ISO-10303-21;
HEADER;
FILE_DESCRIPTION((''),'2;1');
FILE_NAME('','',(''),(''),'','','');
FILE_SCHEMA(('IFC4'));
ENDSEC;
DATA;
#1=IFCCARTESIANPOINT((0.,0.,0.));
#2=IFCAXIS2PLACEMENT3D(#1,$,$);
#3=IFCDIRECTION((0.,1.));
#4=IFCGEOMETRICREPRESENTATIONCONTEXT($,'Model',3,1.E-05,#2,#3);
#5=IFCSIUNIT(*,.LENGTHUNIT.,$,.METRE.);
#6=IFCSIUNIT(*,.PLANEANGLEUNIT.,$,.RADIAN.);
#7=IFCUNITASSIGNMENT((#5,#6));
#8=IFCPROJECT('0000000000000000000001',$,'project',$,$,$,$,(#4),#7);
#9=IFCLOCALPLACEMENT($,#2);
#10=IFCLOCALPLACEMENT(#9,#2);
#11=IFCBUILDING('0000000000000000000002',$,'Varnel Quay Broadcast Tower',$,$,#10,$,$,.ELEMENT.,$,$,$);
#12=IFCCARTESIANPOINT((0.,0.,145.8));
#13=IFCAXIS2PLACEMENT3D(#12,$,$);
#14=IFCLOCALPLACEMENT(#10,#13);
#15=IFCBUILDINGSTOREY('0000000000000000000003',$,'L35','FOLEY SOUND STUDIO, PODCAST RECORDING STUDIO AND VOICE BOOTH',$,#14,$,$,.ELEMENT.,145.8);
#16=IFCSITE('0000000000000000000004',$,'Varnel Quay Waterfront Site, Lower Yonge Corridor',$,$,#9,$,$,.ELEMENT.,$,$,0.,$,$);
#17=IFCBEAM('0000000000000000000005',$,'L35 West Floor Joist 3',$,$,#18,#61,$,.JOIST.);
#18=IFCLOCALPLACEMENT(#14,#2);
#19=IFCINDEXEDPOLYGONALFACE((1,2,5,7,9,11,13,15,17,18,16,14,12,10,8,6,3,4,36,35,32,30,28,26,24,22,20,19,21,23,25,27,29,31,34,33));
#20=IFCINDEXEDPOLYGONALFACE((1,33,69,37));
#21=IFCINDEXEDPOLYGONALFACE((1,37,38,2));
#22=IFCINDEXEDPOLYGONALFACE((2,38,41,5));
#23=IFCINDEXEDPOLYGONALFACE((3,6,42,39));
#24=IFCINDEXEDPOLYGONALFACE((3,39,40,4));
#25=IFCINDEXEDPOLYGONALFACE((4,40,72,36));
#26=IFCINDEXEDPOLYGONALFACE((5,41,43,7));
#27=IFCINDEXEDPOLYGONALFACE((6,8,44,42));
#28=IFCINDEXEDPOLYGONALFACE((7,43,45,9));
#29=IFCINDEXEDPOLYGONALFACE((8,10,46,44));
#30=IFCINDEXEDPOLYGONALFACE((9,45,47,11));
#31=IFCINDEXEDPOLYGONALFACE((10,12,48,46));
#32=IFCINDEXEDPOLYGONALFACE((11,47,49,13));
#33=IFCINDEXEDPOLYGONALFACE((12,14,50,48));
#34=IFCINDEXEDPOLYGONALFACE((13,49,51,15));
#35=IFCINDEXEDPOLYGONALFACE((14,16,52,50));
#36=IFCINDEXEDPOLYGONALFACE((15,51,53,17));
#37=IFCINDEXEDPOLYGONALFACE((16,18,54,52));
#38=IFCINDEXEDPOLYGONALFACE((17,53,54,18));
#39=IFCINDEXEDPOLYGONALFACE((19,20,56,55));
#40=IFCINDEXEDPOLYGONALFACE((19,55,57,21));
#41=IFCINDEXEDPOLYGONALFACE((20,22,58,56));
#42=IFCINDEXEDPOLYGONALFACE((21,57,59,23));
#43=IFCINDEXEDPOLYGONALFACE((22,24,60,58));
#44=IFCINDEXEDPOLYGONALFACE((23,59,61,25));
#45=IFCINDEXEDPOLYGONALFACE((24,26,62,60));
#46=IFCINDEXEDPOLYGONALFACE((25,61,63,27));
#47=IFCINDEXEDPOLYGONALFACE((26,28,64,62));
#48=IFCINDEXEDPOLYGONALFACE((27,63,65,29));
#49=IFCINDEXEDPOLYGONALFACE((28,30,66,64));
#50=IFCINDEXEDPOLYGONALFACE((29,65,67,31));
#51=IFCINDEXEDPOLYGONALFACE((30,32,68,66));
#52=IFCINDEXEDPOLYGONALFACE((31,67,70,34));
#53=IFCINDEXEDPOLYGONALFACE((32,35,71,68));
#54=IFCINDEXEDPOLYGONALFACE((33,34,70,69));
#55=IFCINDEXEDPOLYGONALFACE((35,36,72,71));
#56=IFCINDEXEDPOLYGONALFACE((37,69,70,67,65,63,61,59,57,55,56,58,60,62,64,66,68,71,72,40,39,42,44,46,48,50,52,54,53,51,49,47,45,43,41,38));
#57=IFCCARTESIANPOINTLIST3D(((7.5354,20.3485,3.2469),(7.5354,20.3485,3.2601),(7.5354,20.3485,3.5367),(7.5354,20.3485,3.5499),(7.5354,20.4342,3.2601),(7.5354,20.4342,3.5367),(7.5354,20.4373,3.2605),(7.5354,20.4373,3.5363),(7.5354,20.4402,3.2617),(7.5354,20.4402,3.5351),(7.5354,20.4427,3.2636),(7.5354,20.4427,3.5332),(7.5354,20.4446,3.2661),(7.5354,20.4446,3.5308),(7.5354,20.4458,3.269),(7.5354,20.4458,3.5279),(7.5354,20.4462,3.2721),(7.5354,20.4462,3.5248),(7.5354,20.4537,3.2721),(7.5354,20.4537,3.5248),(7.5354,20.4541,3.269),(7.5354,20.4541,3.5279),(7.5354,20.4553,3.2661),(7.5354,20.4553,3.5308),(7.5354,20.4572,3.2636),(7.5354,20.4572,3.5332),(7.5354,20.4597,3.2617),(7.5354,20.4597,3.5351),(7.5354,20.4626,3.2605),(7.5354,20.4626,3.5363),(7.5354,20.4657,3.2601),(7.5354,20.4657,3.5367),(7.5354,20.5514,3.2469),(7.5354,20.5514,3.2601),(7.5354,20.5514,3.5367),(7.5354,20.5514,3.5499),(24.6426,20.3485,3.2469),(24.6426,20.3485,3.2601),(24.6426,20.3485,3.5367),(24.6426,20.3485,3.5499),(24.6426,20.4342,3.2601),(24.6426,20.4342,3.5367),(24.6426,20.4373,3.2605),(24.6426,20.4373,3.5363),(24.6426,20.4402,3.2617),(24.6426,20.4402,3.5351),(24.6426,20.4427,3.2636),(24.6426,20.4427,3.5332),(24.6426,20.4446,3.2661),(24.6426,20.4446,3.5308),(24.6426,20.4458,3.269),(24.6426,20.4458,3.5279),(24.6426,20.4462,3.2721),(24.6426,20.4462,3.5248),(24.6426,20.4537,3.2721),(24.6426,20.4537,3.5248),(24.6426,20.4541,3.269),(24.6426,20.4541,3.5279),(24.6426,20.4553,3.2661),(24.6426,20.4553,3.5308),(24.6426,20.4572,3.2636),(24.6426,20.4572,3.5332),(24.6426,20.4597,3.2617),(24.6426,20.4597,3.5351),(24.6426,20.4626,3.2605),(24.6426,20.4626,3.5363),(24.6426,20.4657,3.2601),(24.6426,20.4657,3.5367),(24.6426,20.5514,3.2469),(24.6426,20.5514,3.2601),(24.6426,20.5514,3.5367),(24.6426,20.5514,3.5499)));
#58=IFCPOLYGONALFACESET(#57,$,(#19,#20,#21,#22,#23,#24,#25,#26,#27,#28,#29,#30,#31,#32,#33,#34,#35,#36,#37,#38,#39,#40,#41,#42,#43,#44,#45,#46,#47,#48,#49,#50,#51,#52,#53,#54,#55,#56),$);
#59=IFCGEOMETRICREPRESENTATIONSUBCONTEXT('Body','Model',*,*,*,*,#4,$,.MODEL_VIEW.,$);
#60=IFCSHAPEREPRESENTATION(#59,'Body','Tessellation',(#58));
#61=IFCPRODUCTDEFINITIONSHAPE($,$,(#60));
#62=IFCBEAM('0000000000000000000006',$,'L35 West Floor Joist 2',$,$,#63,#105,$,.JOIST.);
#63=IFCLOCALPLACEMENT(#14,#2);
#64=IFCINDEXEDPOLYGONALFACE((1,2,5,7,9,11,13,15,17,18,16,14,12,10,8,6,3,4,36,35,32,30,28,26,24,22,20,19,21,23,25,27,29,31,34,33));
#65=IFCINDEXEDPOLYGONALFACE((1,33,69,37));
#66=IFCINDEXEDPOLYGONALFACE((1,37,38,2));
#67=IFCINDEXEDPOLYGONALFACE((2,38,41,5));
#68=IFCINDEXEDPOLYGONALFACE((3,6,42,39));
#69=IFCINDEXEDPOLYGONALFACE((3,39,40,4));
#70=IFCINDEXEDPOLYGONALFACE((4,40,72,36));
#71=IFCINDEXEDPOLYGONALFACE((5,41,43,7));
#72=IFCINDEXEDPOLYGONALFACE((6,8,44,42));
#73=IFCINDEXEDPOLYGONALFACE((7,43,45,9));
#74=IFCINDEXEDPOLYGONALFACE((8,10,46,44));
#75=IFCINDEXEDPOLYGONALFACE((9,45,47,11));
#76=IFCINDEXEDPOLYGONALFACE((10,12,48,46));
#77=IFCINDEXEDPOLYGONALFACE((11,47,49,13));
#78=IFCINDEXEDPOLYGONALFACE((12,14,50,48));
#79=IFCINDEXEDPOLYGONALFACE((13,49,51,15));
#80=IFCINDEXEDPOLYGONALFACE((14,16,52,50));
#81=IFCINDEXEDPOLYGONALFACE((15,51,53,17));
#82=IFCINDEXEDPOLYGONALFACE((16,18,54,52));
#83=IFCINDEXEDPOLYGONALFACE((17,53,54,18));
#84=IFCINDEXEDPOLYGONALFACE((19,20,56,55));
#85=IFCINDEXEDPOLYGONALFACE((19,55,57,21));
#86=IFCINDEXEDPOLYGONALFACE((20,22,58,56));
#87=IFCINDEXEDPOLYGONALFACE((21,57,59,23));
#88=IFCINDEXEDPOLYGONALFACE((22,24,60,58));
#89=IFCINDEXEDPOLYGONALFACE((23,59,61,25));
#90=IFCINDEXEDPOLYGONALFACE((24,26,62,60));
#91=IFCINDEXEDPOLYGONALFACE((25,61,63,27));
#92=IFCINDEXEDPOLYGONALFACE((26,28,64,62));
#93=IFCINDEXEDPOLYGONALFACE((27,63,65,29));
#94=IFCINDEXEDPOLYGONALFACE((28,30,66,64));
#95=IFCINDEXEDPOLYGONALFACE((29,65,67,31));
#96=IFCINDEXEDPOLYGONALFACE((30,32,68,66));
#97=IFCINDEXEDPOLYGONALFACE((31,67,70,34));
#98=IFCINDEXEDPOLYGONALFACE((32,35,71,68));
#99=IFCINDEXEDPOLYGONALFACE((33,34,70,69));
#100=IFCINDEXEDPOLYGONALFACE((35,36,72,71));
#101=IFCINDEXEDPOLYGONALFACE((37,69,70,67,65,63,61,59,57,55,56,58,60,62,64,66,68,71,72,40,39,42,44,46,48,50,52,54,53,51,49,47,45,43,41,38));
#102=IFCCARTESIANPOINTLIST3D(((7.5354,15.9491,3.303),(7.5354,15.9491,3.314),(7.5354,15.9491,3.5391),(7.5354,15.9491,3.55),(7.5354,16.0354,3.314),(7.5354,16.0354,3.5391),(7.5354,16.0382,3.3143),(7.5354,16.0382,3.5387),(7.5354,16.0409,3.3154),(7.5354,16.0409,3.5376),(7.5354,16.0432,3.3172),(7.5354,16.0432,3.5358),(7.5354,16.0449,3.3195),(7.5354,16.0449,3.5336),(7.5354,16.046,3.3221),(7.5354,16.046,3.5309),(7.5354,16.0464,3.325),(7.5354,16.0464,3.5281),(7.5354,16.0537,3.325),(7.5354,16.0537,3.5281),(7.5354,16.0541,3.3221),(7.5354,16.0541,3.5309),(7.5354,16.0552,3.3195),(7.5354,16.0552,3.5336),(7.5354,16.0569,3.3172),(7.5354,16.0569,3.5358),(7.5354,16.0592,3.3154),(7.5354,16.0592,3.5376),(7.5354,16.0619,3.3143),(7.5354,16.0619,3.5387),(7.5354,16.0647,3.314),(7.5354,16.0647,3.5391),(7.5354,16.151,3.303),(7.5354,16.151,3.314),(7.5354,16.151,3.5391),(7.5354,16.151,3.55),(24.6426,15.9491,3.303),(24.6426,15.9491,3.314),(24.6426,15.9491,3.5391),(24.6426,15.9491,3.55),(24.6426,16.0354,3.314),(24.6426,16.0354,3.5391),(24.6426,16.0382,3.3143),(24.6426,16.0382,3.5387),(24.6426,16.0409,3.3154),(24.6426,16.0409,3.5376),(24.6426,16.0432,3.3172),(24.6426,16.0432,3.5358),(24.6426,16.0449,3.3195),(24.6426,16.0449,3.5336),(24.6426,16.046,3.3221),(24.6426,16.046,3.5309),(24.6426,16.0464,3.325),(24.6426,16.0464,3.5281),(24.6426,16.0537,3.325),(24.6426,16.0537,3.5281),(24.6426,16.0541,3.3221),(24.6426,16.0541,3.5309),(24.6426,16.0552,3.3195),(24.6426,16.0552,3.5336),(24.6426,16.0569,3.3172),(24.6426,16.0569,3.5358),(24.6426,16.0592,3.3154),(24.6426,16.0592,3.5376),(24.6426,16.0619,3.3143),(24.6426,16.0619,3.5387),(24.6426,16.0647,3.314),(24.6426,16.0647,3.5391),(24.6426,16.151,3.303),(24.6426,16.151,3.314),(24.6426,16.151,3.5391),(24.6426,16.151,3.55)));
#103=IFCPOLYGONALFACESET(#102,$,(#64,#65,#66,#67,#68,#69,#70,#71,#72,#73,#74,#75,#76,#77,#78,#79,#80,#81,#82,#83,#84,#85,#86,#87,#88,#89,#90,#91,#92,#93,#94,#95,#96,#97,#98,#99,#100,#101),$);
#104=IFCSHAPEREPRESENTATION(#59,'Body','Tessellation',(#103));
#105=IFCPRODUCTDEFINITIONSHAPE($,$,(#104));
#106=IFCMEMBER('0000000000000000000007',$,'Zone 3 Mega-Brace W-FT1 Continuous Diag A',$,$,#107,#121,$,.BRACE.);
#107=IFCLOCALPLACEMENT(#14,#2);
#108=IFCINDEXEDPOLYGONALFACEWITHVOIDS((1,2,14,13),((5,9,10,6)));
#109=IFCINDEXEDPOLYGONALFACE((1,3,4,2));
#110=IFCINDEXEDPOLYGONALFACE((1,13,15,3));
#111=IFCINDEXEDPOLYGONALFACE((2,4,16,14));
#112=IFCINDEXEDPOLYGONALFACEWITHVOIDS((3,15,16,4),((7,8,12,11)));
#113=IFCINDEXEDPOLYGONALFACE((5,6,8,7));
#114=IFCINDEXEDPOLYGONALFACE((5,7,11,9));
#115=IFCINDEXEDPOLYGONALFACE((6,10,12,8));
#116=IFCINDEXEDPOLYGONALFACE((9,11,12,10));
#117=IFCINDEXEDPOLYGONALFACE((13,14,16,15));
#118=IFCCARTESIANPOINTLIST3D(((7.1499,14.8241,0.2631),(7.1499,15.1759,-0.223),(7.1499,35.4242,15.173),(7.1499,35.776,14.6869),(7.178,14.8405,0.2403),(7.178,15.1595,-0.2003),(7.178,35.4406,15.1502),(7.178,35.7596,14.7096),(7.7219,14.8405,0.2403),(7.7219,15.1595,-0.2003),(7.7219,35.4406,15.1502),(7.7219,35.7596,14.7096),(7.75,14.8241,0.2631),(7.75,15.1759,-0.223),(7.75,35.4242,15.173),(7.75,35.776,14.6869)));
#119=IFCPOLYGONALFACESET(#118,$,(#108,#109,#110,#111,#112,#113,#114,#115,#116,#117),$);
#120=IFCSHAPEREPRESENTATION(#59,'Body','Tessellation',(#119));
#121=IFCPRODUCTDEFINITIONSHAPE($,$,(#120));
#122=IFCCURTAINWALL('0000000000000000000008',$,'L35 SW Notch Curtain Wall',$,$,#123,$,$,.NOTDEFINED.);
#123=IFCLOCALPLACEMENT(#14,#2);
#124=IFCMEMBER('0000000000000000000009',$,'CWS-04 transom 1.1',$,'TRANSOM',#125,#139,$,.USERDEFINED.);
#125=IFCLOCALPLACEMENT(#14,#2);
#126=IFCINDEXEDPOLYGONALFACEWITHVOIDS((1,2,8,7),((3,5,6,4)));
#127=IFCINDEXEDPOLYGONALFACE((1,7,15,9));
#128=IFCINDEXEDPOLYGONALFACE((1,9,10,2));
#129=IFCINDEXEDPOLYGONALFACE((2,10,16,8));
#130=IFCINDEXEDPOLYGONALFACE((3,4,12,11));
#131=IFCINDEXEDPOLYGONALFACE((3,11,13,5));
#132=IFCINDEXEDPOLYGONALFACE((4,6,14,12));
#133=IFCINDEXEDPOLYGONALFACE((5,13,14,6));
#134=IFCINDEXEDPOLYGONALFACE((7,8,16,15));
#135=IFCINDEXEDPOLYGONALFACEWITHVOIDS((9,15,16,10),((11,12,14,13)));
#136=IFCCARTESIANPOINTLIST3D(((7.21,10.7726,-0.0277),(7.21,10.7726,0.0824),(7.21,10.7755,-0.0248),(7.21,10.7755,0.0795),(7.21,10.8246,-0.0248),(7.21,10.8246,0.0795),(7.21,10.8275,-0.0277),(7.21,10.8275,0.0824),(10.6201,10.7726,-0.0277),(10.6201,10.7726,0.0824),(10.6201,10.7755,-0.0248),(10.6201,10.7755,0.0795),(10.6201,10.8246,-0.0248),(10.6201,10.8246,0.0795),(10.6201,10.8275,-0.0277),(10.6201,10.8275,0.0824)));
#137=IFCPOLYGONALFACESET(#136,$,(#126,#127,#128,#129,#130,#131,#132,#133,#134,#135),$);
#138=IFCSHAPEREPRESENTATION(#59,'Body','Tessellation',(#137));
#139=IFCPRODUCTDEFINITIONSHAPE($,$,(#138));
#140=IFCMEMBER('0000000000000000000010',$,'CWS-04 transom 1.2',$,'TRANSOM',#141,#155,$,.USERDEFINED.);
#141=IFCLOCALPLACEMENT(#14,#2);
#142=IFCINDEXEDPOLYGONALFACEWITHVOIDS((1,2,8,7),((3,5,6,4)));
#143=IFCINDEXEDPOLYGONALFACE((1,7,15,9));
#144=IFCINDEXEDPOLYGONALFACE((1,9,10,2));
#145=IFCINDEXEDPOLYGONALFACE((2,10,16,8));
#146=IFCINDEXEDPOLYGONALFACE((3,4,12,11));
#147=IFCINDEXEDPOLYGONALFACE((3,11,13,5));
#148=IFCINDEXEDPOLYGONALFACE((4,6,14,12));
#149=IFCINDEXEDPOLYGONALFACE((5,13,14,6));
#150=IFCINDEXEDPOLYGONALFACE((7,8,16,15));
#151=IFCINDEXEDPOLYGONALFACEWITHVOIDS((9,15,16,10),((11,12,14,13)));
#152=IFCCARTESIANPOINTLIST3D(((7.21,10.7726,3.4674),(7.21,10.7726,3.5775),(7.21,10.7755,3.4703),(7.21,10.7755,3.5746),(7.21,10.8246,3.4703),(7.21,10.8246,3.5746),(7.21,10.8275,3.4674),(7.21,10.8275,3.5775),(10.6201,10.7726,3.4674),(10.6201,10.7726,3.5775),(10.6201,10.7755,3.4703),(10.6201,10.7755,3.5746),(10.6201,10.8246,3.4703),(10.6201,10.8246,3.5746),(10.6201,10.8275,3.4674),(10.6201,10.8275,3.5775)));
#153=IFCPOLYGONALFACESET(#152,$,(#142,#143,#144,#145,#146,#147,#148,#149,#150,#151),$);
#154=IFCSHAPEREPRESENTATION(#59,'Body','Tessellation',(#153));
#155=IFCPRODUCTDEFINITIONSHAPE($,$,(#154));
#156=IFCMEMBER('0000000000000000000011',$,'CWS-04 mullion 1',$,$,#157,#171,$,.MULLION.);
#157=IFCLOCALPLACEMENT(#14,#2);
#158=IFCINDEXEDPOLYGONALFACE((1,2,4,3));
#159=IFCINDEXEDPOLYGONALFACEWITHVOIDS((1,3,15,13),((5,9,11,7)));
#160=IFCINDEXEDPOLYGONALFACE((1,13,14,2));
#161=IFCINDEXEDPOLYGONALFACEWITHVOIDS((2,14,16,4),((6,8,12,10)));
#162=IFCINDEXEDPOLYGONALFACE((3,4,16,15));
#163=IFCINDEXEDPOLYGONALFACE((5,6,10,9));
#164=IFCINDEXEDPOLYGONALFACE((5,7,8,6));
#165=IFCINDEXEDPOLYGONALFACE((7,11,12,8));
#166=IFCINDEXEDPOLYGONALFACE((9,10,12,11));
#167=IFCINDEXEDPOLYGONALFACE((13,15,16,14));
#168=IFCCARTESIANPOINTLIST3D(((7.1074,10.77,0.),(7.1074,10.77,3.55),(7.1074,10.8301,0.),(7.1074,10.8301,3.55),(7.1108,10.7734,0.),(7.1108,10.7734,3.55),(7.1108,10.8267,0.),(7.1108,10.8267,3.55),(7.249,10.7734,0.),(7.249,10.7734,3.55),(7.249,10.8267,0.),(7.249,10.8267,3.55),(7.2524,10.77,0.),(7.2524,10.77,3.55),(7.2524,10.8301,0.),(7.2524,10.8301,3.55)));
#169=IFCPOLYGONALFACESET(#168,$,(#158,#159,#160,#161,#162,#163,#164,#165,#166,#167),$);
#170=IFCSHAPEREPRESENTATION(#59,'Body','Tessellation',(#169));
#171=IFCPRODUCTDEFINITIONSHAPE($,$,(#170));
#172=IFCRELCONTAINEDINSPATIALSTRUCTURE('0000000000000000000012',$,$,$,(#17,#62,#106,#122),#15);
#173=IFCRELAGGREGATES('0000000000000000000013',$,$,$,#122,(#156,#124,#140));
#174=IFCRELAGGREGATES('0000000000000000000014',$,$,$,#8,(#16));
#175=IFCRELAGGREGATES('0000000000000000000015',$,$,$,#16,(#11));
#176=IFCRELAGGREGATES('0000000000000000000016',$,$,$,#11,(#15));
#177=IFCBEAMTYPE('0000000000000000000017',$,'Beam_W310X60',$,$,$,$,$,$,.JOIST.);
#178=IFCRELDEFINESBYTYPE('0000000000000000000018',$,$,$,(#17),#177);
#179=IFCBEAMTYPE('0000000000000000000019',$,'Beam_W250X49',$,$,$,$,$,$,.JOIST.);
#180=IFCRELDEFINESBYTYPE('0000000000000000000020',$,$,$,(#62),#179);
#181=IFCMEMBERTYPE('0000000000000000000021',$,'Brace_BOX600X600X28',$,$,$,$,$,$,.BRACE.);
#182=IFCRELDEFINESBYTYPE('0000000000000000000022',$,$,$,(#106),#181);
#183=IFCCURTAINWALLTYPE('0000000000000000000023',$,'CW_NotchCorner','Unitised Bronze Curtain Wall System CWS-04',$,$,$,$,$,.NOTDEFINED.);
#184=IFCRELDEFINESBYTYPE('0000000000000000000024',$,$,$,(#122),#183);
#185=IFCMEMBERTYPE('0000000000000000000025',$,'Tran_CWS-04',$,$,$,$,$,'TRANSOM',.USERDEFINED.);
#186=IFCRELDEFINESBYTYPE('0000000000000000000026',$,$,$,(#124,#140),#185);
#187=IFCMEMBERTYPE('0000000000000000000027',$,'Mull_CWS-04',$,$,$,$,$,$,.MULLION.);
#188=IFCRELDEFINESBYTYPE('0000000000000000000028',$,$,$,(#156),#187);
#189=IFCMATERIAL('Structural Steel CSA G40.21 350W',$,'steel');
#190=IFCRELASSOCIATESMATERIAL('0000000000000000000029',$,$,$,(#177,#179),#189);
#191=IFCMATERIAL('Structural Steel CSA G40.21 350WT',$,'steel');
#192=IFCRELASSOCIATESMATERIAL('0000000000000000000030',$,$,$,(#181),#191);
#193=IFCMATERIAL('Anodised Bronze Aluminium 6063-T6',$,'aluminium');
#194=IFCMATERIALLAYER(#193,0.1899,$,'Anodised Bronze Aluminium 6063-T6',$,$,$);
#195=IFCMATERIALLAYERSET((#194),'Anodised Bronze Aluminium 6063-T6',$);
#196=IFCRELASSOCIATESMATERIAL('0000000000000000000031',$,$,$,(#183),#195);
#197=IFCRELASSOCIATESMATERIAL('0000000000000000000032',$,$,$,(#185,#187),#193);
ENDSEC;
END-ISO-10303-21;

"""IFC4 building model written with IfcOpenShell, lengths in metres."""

from ifc_helpers import new_model, si_unit, direction, frame, origin, origin_2d, place, context, subcontext, project, spatial, hollow_rectangle, i_section, extrude, source, transform, mapped, material, layer, layer_set, material_profile, profile_set, type_object, type_shapes, element, aggregate, save


model = new_model("IFC4")

# Units and contexts
model_context = context("Model", 3, precision=1e-05, world=origin(), true_north=direction((0.0, 1.0)))
body_context = subcontext(model_context, "Body", "Model", "MODEL_VIEW")
ifc_project = project(units=[si_unit("LENGTHUNIT", "METRE"), si_unit("PLANEANGLEUNIT", "RADIAN")], contexts=[model_context])

# Site, building, storey
site_placement = place(None, origin())
site = spatial("IfcSite", under=ifc_project, at=site_placement, Name="Varnel Quay Waterfront Site, Lower Yonge Corridor", CompositionType="ELEMENT", RefElevation=0.0)
building_placement = place(site_placement, origin())
building = spatial("IfcBuilding", under=site, at=building_placement, Name="Varnel Quay Broadcast Tower", CompositionType="ELEMENT")
storey_placement = place(building_placement, frame((0.0, 0.0, 145.8)))
storey = spatial("IfcBuildingStorey", under=building, at=storey_placement, Name="L35", Description="FOLEY SOUND STUDIO, PODCAST RECORDING STUDIO AND VOICE BOOTH", CompositionType="ELEMENT", Elevation=145.8)

# Shared definitions
ifc_material_1 = material(Name="Structural Steel CSA G40.21 350W", Category="steel")

# Beams
ifc_material_profile_1 = material_profile(ifc_material_1, i_section(OverallWidth=0.2029, OverallDepth=0.303, WebThickness=0.0076, FlangeThickness=0.0132, FilletRadius=0.012, at=origin_2d()), Name="W310X60")
ifc_profile_set_1 = profile_set([ifc_material_profile_1], Name="Structural Steel CSA G40.21 350W")
beam_type_1 = type_object("IfcBeamType", Name="Beam_W310X60", PredefinedType="JOIST", material=ifc_profile_set_1)
shared_shape_1 = source(origin(), body_context, "Body", "SweptSolid", [
    extrude(i_section(OverallWidth=0.2029, OverallDepth=0.303, WebThickness=0.0076, FlangeThickness=0.0132, FilletRadius=0.012, at=origin_2d()), origin(), (0.0, 0.0, 1.0), 17.1072),
])
type_shapes(beam_type_1, [shared_shape_1])
for number, where, z_axis, x_axis, name in (
    (1, (7.5354, 20.45, 3.3984), (1.0, 0.0, 0.0), (0.0, 1.0, 0.0), "L35 West Floor Joist 3"),
):
    element("IfcBeam", number, at=place(storey_placement, frame(where, z_axis=z_axis, x_axis=x_axis)), inside=storey, type_object=beam_type_1, Name=name, PredefinedType="JOIST", context=body_context, shape_type="MappedRepresentation", body=[
        mapped(shared_shape_1, transform((0.0, 0.0, 0.0), x_axis=(1.0, 0.0, 0.0), y_axis=(0.0, 1.0, 0.0), z_axis=(0.0, 0.0, 1.0), scale=1.0)),
    ])
ifc_material_profile_2 = material_profile(ifc_material_1, i_section(OverallWidth=0.2019, OverallDepth=0.2471, WebThickness=0.0073, FlangeThickness=0.011, FilletRadius=0.011, at=origin_2d()), Name="W250X49")
ifc_profile_set_2 = profile_set([ifc_material_profile_2], Name="Structural Steel CSA G40.21 350W")
beam_type_2 = type_object("IfcBeamType", Name="Beam_W250X49", PredefinedType="JOIST", material=ifc_profile_set_2)
shared_shape_2 = source(origin(), body_context, "Body", "SweptSolid", [
    extrude(i_section(OverallWidth=0.2019, OverallDepth=0.2471, WebThickness=0.0073, FlangeThickness=0.011, FilletRadius=0.011, at=origin_2d()), origin(), (0.0, 0.0, 1.0), 17.1072),
])
type_shapes(beam_type_2, [shared_shape_2])
beam_1_placement = place(storey_placement, frame((7.5354, 16.05, 3.4265), z_axis=(1.0, 0.0, 0.0), x_axis=(0.0, 1.0, 0.0)))
element("IfcBeam", 2, at=beam_1_placement, inside=storey, type_object=beam_type_2, Name="L35 West Floor Joist 2", PredefinedType="JOIST", context=body_context, shape_type="MappedRepresentation", body=[
    mapped(shared_shape_2, transform((0.0, 0.0, 0.0), x_axis=(1.0, 0.0, 0.0), y_axis=(0.0, 1.0, 0.0), z_axis=(0.0, 0.0, 1.0), scale=1.0)),
])

# Member
ifc_material_2 = material(Name="Structural Steel CSA G40.21 350WT", Category="steel")
ifc_material_profile_3 = material_profile(ifc_material_2, hollow_rectangle(XDim=0.6001, YDim=0.6001, WallThickness=0.0281, at=origin_2d()), Name="BOX600X600X28")
ifc_profile_set_3 = profile_set([ifc_material_profile_3], Name="Structural Steel CSA G40.21 350WT")
member_type_1 = type_object("IfcMemberType", Name="Brace_BOX600X600X28", PredefinedType="BRACE", material=ifc_profile_set_3)
shared_shape_3 = source(origin(), body_context, "Body", "SweptSolid", [
    extrude(hollow_rectangle(XDim=0.6001, YDim=0.6001, WallThickness=0.0281, at=origin_2d()), origin(), (0.0, 0.0, 1.0), 25.4297),
])
type_shapes(member_type_1, [shared_shape_3])
member_1_placement = place(storey_placement, frame((7.45, 15.0, 0.02), z_axis=(0.0, 0.81008, 0.586319), x_axis=(-1.0, 0.0, 0.0)))
element("IfcMember", 3, at=member_1_placement, inside=storey, type_object=member_type_1, Name="Zone 3 Mega-Brace W-FT1 Continuous Diag A", PredefinedType="BRACE", context=body_context, shape_type="MappedRepresentation", body=[
    mapped(shared_shape_3, transform((0.0, 0.0, 0.0), x_axis=(1.0, 0.0, 0.0), y_axis=(0.0, 1.0, 0.0), z_axis=(0.0, 0.0, 1.0), scale=1.0)),
])

# Curtain wall, members
ifc_material_3 = material(Name="Anodised Bronze Aluminium 6063-T6", Category="aluminium")
ifc_layer_1 = layer(ifc_material_3, 0.1899, Name="Anodised Bronze Aluminium 6063-T6")
ifc_layer_set_1 = layer_set([ifc_layer_1], Name="Anodised Bronze Aluminium 6063-T6")
curtain_wall_type_1 = type_object("IfcCurtainWallType", Name="CW_NotchCorner", Description="Unitised Bronze Curtain Wall System CWS-04", PredefinedType="NOTDEFINED", material=ifc_layer_set_1)
curtain_wall_1_placement = place(storey_placement, origin())
curtain_wall_1 = element("IfcCurtainWall", 4, at=curtain_wall_1_placement, inside=storey, type_object=curtain_wall_type_1, Name="L35 SW Notch Curtain Wall", PredefinedType="NOTDEFINED")
ifc_material_profile_4 = material_profile(ifc_material_3, hollow_rectangle(XDim=0.0549, YDim=0.1101, WallThickness=0.0029, at=origin_2d()), Name="ALU55X110X3")
ifc_profile_set_4 = profile_set([ifc_material_profile_4], Name="Anodised Bronze Aluminium 6063-T6")
member_type_2 = type_object("IfcMemberType", Name="Tran_CWS-04", ElementType="TRANSOM", PredefinedType="USERDEFINED", material=ifc_profile_set_4)
shared_shape_4 = source(origin(), body_context, "Body", "SweptSolid", [
    extrude(hollow_rectangle(XDim=0.0549, YDim=0.1101, WallThickness=0.0029, at=origin_2d()), origin(), (0.0, 0.0, 1.0), 3.4102),
])
type_shapes(member_type_2, [shared_shape_4])
member_2_placement = place(storey_placement, frame((7.21, 10.8, 0.0273), z_axis=(1.0, 0.0, 0.0), x_axis=(0.0, 1.0, 0.0)))
member_2 = element("IfcMember", 5, at=member_2_placement, type_object=member_type_2, Name="CWS-04 transom 1.1", ObjectType="TRANSOM", PredefinedType="USERDEFINED", context=body_context, shape_type="MappedRepresentation", body=[
    mapped(shared_shape_4, transform((0.0, 0.0, 0.0), x_axis=(1.0, 0.0, 0.0), y_axis=(0.0, 1.0, 0.0), z_axis=(0.0, 0.0, 1.0), scale=1.0)),
])
member_3_placement = place(storey_placement, frame((7.21, 10.8, 3.5225), z_axis=(1.0, 0.0, 0.0), x_axis=(0.0, 1.0, 0.0)))
member_3 = element("IfcMember", 6, at=member_3_placement, type_object=member_type_2, Name="CWS-04 transom 1.2", ObjectType="TRANSOM", PredefinedType="USERDEFINED", context=body_context, shape_type="MappedRepresentation", body=[
    mapped(shared_shape_4, transform((0.0, 0.0, 0.0), x_axis=(1.0, 0.0, 0.0), y_axis=(0.0, 1.0, 0.0), z_axis=(0.0, 0.0, 1.0), scale=1.0)),
])
ifc_material_profile_5 = material_profile(ifc_material_3, hollow_rectangle(XDim=0.0601, YDim=0.145, WallThickness=0.0034, at=origin_2d()), Name="ALU60X145X3.5")
ifc_profile_set_5 = profile_set([ifc_material_profile_5], Name="Anodised Bronze Aluminium 6063-T6")
member_type_3 = type_object("IfcMemberType", Name="Mull_CWS-04", PredefinedType="MULLION", material=ifc_profile_set_5)
shared_shape_5 = source(origin(), body_context, "Body", "SweptSolid", [
    extrude(hollow_rectangle(XDim=0.0601, YDim=0.145, WallThickness=0.0034, at=origin_2d()), origin(), (0.0, 0.0, 1.0), 3.55),
])
type_shapes(member_type_3, [shared_shape_5])
member_4_placement = place(storey_placement, frame((7.1799, 10.8, 0.0), z_axis=(0.0, 0.0, 1.0), x_axis=(0.0, 1.0, 0.0)))
member_4 = element("IfcMember", 7, at=member_4_placement, type_object=member_type_3, Name="CWS-04 mullion 1", PredefinedType="MULLION", context=body_context, shape_type="MappedRepresentation", body=[
    mapped(shared_shape_5, transform((0.0, 0.0, 0.0), x_axis=(1.0, 0.0, 0.0), y_axis=(0.0, 1.0, 0.0), z_axis=(0.0, 0.0, 1.0), scale=1.0)),
])
aggregate(curtain_wall_1, [member_4, member_2, member_3])

save(model, "model.ifc")
